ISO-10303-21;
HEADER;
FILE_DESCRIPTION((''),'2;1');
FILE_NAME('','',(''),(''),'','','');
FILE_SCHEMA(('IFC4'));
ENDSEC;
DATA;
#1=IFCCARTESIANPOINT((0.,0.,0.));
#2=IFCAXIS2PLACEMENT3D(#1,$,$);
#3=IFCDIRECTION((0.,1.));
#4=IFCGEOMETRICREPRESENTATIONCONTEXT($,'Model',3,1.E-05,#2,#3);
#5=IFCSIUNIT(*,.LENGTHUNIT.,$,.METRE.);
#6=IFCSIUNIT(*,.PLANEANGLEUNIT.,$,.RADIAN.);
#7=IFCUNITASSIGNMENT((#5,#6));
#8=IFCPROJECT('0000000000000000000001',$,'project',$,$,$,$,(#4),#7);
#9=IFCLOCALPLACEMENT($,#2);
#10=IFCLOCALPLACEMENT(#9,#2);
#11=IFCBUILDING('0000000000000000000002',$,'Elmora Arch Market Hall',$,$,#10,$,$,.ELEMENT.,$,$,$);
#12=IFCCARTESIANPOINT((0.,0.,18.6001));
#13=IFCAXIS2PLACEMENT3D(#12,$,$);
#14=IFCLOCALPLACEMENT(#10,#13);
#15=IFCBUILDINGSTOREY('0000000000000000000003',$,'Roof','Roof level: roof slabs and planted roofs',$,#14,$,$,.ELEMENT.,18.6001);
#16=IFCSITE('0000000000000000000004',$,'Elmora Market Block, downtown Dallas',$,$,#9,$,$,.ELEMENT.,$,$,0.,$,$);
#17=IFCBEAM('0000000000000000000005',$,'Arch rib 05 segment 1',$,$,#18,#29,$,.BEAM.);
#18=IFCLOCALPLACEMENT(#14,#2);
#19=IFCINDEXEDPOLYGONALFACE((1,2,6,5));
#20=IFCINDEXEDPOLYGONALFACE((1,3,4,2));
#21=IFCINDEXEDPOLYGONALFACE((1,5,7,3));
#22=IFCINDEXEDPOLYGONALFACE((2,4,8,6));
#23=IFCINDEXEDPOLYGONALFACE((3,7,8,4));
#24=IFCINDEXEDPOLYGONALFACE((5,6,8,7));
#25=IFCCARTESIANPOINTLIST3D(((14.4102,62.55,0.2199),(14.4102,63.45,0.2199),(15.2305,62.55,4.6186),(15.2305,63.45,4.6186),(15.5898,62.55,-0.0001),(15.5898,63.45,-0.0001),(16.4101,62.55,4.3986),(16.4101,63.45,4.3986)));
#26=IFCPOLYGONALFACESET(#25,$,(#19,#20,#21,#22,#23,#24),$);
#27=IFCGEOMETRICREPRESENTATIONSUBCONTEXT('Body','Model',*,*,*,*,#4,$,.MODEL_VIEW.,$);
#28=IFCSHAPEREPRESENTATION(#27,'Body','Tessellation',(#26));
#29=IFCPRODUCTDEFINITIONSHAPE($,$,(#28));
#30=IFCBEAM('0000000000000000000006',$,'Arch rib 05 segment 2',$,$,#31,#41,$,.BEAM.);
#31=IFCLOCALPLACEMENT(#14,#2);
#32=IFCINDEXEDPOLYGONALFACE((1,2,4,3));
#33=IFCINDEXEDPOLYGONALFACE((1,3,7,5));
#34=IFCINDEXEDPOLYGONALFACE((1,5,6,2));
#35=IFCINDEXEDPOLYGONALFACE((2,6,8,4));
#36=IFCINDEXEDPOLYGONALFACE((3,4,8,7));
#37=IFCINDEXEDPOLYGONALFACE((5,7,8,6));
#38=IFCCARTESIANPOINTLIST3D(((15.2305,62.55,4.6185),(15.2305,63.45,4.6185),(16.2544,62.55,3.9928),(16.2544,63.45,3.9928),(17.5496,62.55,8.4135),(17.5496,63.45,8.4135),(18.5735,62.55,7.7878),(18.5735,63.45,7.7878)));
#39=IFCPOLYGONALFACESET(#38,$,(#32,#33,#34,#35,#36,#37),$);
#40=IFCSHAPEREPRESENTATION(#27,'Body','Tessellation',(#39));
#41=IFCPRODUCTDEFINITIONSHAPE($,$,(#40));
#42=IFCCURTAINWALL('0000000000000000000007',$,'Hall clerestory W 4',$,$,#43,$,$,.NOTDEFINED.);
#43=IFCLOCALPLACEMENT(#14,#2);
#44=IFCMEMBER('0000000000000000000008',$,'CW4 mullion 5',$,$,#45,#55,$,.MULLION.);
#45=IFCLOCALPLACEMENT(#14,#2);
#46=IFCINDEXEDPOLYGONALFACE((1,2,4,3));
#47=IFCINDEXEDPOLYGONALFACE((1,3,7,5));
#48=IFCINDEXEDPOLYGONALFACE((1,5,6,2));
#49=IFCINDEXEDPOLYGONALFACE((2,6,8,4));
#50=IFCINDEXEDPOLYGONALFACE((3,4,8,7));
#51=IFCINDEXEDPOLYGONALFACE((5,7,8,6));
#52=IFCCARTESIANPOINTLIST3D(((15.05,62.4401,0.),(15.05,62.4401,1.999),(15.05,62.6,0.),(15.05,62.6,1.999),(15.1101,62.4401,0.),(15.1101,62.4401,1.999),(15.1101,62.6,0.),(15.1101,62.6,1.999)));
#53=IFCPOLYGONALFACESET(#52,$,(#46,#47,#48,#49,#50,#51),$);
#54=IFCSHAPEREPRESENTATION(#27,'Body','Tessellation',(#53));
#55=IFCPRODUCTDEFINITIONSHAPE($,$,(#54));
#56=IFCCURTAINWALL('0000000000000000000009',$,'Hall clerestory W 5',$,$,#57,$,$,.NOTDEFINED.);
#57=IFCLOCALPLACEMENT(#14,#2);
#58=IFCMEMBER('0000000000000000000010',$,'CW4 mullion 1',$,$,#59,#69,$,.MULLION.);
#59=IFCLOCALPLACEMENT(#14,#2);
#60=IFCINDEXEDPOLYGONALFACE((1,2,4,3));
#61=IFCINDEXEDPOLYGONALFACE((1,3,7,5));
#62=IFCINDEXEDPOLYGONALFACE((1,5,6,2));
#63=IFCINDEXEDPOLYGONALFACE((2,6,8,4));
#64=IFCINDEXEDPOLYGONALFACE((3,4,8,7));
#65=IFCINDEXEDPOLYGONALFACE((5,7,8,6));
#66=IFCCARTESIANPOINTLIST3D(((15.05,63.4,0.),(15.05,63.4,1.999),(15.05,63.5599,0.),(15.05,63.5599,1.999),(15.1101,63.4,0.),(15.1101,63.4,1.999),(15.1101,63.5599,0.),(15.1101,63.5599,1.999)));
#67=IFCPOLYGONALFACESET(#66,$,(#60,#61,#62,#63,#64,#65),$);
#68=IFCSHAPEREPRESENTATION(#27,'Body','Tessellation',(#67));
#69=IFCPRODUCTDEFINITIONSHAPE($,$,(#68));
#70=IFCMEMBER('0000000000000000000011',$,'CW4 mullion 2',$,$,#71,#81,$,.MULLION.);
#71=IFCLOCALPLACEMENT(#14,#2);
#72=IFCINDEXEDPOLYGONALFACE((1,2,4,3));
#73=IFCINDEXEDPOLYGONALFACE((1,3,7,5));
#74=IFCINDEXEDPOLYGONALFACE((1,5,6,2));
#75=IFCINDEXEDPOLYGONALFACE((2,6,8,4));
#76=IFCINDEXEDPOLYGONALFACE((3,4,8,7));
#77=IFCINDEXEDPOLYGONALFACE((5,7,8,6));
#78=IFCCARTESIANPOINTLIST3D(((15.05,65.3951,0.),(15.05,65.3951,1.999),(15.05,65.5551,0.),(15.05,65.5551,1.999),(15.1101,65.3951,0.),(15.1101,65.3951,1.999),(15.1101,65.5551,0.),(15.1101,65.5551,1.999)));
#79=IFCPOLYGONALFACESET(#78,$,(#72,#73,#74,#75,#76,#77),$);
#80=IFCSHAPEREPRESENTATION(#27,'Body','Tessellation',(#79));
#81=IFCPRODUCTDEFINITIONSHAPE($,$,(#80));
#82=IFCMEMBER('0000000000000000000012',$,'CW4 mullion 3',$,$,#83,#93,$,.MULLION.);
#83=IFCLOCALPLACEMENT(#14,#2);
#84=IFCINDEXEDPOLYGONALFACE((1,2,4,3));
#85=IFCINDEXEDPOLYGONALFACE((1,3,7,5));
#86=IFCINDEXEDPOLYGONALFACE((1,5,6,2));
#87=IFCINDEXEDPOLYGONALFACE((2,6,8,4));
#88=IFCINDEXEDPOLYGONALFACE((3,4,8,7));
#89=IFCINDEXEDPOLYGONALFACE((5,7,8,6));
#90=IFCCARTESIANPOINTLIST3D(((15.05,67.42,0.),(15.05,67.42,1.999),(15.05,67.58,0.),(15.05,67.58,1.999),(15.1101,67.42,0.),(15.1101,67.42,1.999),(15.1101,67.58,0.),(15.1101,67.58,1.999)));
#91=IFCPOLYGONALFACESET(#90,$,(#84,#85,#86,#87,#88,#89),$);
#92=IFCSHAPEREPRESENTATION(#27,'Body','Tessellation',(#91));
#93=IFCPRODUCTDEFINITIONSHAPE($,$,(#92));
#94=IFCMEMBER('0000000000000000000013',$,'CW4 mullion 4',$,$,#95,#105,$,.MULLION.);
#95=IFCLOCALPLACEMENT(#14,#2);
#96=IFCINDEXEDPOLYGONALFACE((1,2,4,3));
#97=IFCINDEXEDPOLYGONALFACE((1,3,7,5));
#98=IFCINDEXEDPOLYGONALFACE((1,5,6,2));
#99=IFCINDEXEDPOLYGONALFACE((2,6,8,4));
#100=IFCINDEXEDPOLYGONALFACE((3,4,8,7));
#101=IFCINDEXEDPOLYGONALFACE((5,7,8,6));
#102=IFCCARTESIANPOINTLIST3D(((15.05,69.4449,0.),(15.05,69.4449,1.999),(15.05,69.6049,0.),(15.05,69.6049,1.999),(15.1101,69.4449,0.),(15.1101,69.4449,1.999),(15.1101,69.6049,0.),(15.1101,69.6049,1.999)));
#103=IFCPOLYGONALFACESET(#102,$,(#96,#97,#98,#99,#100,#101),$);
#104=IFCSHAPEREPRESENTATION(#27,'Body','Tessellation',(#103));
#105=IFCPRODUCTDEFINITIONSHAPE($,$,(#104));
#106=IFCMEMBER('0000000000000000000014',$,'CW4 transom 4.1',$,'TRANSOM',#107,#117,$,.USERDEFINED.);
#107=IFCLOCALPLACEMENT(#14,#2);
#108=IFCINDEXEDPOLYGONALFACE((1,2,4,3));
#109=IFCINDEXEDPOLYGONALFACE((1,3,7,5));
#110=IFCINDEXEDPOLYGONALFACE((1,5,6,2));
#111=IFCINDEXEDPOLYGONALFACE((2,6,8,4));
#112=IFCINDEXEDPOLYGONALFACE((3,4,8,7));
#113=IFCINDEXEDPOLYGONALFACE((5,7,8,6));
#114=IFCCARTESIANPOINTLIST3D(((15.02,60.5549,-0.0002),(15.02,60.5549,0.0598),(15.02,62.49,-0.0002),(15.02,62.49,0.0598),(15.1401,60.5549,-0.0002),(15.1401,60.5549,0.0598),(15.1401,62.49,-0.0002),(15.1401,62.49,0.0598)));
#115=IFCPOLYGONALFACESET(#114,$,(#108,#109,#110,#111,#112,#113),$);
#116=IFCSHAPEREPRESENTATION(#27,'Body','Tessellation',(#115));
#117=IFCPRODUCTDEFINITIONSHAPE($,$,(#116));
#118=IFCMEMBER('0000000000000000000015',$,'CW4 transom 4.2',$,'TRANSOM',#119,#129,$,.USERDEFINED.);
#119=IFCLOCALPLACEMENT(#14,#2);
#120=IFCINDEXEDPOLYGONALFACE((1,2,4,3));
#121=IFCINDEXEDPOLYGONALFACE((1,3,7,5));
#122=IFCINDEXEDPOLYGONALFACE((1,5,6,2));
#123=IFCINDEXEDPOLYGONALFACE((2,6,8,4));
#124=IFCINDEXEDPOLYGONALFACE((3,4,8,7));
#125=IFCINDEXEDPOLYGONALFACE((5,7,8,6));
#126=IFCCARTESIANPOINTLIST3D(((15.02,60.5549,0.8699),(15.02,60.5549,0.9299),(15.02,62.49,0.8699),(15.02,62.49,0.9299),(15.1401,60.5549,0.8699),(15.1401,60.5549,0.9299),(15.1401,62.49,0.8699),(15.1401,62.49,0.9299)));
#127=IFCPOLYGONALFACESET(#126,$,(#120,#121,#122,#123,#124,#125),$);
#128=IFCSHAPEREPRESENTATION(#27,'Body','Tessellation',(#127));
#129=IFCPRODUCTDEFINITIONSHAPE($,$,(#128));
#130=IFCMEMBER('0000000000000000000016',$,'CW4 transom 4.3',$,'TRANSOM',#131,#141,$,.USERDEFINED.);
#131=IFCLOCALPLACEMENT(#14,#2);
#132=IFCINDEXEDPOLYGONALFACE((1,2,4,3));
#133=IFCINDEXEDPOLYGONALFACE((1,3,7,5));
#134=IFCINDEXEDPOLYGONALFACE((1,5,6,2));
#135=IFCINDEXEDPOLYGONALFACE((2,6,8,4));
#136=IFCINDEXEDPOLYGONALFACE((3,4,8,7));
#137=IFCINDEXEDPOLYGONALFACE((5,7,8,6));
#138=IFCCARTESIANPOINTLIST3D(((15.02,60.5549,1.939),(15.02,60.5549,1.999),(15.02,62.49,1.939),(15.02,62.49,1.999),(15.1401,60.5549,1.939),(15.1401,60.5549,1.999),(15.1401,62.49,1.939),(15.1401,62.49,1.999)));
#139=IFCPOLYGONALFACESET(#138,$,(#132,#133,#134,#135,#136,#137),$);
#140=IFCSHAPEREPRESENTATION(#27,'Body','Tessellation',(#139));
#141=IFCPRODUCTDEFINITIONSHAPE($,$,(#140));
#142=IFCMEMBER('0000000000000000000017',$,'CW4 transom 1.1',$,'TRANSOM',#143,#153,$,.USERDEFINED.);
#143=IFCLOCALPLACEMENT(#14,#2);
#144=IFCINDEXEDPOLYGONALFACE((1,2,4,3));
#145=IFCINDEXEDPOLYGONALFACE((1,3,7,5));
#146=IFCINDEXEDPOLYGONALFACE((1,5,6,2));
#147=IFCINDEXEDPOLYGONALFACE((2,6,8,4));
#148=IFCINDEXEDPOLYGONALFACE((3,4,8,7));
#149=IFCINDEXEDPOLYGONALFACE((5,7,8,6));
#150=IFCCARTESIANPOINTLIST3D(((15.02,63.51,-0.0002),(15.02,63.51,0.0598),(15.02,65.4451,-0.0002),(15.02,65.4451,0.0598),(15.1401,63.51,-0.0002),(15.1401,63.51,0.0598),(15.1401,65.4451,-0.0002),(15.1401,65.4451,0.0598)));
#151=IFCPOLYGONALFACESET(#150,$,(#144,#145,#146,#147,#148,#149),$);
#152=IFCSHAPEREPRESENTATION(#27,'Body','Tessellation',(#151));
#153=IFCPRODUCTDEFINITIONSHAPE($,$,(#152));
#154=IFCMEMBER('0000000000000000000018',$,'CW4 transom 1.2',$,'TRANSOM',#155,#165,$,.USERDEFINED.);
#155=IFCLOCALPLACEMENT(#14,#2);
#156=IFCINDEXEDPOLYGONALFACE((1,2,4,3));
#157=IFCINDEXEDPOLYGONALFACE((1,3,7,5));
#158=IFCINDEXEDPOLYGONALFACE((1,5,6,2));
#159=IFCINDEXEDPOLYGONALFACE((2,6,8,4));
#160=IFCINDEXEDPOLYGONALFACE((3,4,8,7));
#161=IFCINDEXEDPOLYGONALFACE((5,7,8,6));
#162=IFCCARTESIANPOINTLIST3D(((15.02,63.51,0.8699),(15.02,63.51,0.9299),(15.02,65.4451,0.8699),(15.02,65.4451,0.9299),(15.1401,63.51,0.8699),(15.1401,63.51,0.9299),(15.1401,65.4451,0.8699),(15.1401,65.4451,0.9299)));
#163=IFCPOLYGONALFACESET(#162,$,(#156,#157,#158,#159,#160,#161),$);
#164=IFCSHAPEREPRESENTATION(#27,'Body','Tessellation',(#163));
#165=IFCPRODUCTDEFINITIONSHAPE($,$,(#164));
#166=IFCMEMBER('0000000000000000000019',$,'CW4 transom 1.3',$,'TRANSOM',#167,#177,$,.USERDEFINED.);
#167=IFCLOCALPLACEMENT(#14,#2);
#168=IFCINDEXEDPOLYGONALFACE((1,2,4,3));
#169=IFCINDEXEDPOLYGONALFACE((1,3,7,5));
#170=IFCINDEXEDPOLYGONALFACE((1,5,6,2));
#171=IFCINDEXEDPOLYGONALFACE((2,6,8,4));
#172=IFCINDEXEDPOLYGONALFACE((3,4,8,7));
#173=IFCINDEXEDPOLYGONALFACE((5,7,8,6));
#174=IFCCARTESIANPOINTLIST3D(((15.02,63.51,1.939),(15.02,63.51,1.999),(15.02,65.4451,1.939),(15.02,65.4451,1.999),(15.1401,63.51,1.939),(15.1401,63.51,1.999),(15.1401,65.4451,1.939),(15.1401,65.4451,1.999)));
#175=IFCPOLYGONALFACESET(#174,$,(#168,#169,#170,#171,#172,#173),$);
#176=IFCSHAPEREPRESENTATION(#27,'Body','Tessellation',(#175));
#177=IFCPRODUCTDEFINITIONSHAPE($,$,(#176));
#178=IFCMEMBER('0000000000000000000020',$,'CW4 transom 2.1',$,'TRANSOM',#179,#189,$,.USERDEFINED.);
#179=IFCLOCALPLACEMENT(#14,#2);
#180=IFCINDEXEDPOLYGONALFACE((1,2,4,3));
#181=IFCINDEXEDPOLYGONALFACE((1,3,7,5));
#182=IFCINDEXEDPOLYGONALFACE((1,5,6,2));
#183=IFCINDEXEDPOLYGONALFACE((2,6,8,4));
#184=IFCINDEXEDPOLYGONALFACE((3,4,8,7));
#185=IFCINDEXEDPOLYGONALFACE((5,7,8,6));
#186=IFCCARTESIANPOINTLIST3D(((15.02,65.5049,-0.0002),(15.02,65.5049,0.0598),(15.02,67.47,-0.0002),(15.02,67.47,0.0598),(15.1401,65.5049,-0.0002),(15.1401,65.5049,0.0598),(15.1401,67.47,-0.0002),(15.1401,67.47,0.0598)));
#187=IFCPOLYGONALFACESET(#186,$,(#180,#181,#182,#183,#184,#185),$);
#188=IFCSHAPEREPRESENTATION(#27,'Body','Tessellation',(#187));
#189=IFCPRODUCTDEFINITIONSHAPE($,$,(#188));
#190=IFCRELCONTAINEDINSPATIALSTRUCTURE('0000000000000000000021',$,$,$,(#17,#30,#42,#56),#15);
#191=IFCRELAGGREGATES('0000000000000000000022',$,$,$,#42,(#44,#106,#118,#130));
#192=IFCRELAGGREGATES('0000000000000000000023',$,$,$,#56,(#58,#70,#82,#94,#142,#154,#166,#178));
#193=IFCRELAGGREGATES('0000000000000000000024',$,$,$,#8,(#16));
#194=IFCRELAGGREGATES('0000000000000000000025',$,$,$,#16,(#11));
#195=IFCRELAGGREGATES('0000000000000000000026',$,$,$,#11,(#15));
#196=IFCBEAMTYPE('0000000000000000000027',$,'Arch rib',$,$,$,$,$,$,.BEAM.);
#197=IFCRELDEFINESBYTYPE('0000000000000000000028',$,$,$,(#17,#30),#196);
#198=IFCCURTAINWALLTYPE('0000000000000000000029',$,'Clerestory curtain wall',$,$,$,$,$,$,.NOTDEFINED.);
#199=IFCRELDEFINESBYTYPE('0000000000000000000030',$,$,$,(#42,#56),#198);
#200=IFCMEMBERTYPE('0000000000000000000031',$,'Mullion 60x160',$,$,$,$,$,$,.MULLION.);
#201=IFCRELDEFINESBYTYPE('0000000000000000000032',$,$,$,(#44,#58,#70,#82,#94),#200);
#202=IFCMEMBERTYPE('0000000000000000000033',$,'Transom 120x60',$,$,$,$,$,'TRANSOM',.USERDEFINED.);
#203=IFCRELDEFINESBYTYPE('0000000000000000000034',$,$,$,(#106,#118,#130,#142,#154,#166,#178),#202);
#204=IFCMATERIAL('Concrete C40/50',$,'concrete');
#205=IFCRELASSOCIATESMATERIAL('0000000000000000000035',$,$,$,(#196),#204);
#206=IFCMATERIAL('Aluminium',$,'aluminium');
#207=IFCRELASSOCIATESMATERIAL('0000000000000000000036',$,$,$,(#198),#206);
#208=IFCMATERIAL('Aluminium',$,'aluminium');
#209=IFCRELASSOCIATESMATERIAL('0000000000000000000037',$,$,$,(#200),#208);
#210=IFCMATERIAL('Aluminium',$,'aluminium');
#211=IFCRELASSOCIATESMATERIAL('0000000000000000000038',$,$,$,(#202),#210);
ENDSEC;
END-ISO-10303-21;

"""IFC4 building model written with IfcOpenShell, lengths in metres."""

from ifc_helpers import new_model, si_unit, direction, frame, origin, origin_2d, place, context, subcontext, project, spatial, rectangle, extrude, material, material_profile, profile_set, type_object, element, aggregate, save


model = new_model("IFC4")

# Units and contexts
model_context = context("Model", 3, precision=1e-05, world=origin(), true_north=direction((0.0, 1.0)))
body_context = subcontext(model_context, "Body", "Model", "MODEL_VIEW")
ifc_project = project(units=[si_unit("LENGTHUNIT", "METRE"), si_unit("PLANEANGLEUNIT", "RADIAN")], contexts=[model_context])

# Site, building, storey
site_placement = place(None, origin())
site = spatial("IfcSite", under=ifc_project, at=site_placement, Name="Elmora Market Block, downtown Dallas", CompositionType="ELEMENT", RefElevation=0.0)
building_placement = place(site_placement, origin())
building = spatial("IfcBuilding", under=site, at=building_placement, Name="Elmora Arch Market Hall", CompositionType="ELEMENT")
storey_placement = place(building_placement, frame((0.0, 0.0, 18.6001)))
storey = spatial("IfcBuildingStorey", under=building, at=storey_placement, Name="Roof", Description="Roof level: roof slabs and planted roofs", CompositionType="ELEMENT", Elevation=18.6001)

# Beams
ifc_material_1 = material(Name="Concrete C40/50", Category="concrete")
ifc_material_profile_1 = material_profile(ifc_material_1, rectangle(XDim=0.8999, YDim=1.2, at=origin_2d()), Name="Arch rib")
ifc_profile_set_1 = profile_set([ifc_material_profile_1], Name="Concrete C40/50")
beam_type = type_object("IfcBeamType", Name="Arch rib", PredefinedType="BEAM", material=ifc_profile_set_1)
beam_1_placement = place(storey_placement, frame((15.0, 63.0, 0.1099), z_axis=(0.18333, 0.0, 0.983051), x_axis=(0.0, 1.0, 0.0)))
element("IfcBeam", 1, at=beam_1_placement, inside=storey, type_object=beam_type, Name="Arch rib 05 segment 1", PredefinedType="BEAM", context=body_context, shape_type="SweptSolid", body=[
    extrude(rectangle(XDim=0.8999, YDim=1.2, at=origin_2d()), origin(), (0.0, 0.0, 1.0), 4.4746),
])
beam_2_placement = place(storey_placement, frame((15.7424, 63.0, 4.3057), z_axis=(0.521446, 0.0, 0.853285), x_axis=(0.0, 1.0, 0.0)))
element("IfcBeam", 2, at=beam_2_placement, inside=storey, type_object=beam_type, Name="Arch rib 05 segment 2", PredefinedType="BEAM", context=body_context, shape_type="SweptSolid", body=[
    extrude(rectangle(XDim=0.8999, YDim=1.2, at=origin_2d()), origin(), (0.0, 0.0, 1.0), 4.4475),
])

# Curtain wall, member
ifc_material_2 = material(Name="Aluminium", Category="aluminium")
curtain_wall_type = type_object("IfcCurtainWallType", Name="Clerestory curtain wall", PredefinedType="NOTDEFINED", material=ifc_material_2)
curtain_wall_1_placement = place(storey_placement, origin())
curtain_wall_1 = element("IfcCurtainWall", 3, at=curtain_wall_1_placement, inside=storey, type_object=curtain_wall_type, Name="Hall clerestory W 4", PredefinedType="NOTDEFINED")
ifc_material_3 = material(Name="Aluminium", Category="aluminium")
ifc_material_profile_2 = material_profile(ifc_material_3, rectangle(XDim=0.0601, YDim=0.1599, at=origin_2d()), Name="AL 60x160")
ifc_profile_set_2 = profile_set([ifc_material_profile_2], Name="Aluminium")
member_type_1 = type_object("IfcMemberType", Name="Mullion 60x160", PredefinedType="MULLION", material=ifc_profile_set_2)
member_1_placement = place(storey_placement, frame((15.0801, 62.52, 0.0), z_axis=(0.0, 0.0, 1.0), x_axis=(-1.0, 0.0, 0.0)))
member_1 = element("IfcMember", 4, at=member_1_placement, type_object=member_type_1, Name="CW4 mullion 5", PredefinedType="MULLION", context=body_context, shape_type="SweptSolid", body=[
    extrude(rectangle(XDim=0.0601, YDim=0.1599, at=origin_2d()), origin(), (0.0, 0.0, 1.0), 1.999),
])

# Curtain wall, members
curtain_wall_2_placement = place(storey_placement, origin())
curtain_wall_2 = element("IfcCurtainWall", 5, at=curtain_wall_2_placement, inside=storey, type_object=curtain_wall_type, Name="Hall clerestory W 5", PredefinedType="NOTDEFINED")
member_2_placement = place(storey_placement, frame((15.0801, 63.48, 0.0), z_axis=(0.0, 0.0, 1.0), x_axis=(-1.0, 0.0, 0.0)))
member_2 = element("IfcMember", 6, at=member_2_placement, type_object=member_type_1, Name="CW4 mullion 1", PredefinedType="MULLION", context=body_context, shape_type="SweptSolid", body=[
    extrude(rectangle(XDim=0.0601, YDim=0.1599, at=origin_2d()), origin(), (0.0, 0.0, 1.0), 1.999),
])
member_3_placement = place(storey_placement, frame((15.0801, 65.4751, 0.0), z_axis=(0.0, 0.0, 1.0), x_axis=(-1.0, 0.0, 0.0)))
member_3 = element("IfcMember", 7, at=member_3_placement, type_object=member_type_1, Name="CW4 mullion 2", PredefinedType="MULLION", context=body_context, shape_type="SweptSolid", body=[
    extrude(rectangle(XDim=0.0601, YDim=0.1599, at=origin_2d()), origin(), (0.0, 0.0, 1.0), 1.999),
])
member_4_placement = place(storey_placement, frame((15.0801, 67.5, 0.0), z_axis=(0.0, 0.0, 1.0), x_axis=(-1.0, 0.0, 0.0)))
member_4 = element("IfcMember", 8, at=member_4_placement, type_object=member_type_1, Name="CW4 mullion 3", PredefinedType="MULLION", context=body_context, shape_type="SweptSolid", body=[
    extrude(rectangle(XDim=0.0601, YDim=0.1599, at=origin_2d()), origin(), (0.0, 0.0, 1.0), 1.999),
])
member_5_placement = place(storey_placement, frame((15.0801, 69.5249, 0.0), z_axis=(0.0, 0.0, 1.0), x_axis=(-1.0, 0.0, 0.0)))
member_5 = element("IfcMember", 9, at=member_5_placement, type_object=member_type_1, Name="CW4 mullion 4", PredefinedType="MULLION", context=body_context, shape_type="SweptSolid", body=[
    extrude(rectangle(XDim=0.0601, YDim=0.1599, at=origin_2d()), origin(), (0.0, 0.0, 1.0), 1.999),
])

# Members
ifc_material_4 = material(Name="Aluminium", Category="aluminium")
ifc_material_profile_3 = material_profile(ifc_material_4, rectangle(XDim=0.1201, YDim=0.0601, at=origin_2d()), Name="AL 120x60")
ifc_profile_set_3 = profile_set([ifc_material_profile_3], Name="Aluminium")
member_type_2 = type_object("IfcMemberType", Name="Transom 120x60", ElementType="TRANSOM", PredefinedType="USERDEFINED", material=ifc_profile_set_3)
member_6_placement = place(storey_placement, frame((15.0801, 60.5549, 0.0298), z_axis=(0.0, 1.0, 0.0), x_axis=(-1.0, 0.0, 0.0)))
member_6 = element("IfcMember", 10, at=member_6_placement, type_object=member_type_2, Name="CW4 transom 4.1", ObjectType="TRANSOM", PredefinedType="USERDEFINED", context=body_context, shape_type="SweptSolid", body=[
    extrude(rectangle(XDim=0.1201, YDim=0.0601, at=origin_2d()), origin(), (0.0, 0.0, 1.0), 1.9351),
])
member_7_placement = place(storey_placement, frame((15.0801, 60.5549, 0.8999), z_axis=(0.0, 1.0, 0.0), x_axis=(-1.0, 0.0, 0.0)))
member_7 = element("IfcMember", 11, at=member_7_placement, type_object=member_type_2, Name="CW4 transom 4.2", ObjectType="TRANSOM", PredefinedType="USERDEFINED", context=body_context, shape_type="SweptSolid", body=[
    extrude(rectangle(XDim=0.1201, YDim=0.0601, at=origin_2d()), origin(), (0.0, 0.0, 1.0), 1.9351),
])
member_8_placement = place(storey_placement, frame((15.0801, 60.5549, 1.969), z_axis=(0.0, 1.0, 0.0), x_axis=(-1.0, 0.0, 0.0)))
member_8 = element("IfcMember", 12, at=member_8_placement, type_object=member_type_2, Name="CW4 transom 4.3", ObjectType="TRANSOM", PredefinedType="USERDEFINED", context=body_context, shape_type="SweptSolid", body=[
    extrude(rectangle(XDim=0.1201, YDim=0.0601, at=origin_2d()), origin(), (0.0, 0.0, 1.0), 1.9351),
])
member_9_placement = place(storey_placement, frame((15.0801, 63.51, 0.0298), z_axis=(0.0, 1.0, 0.0), x_axis=(-1.0, 0.0, 0.0)))
member_9 = element("IfcMember", 13, at=member_9_placement, type_object=member_type_2, Name="CW4 transom 1.1", ObjectType="TRANSOM", PredefinedType="USERDEFINED", context=body_context, shape_type="SweptSolid", body=[
    extrude(rectangle(XDim=0.1201, YDim=0.0601, at=origin_2d()), origin(), (0.0, 0.0, 1.0), 1.9351),
])
member_10_placement = place(storey_placement, frame((15.0801, 63.51, 0.8999), z_axis=(0.0, 1.0, 0.0), x_axis=(-1.0, 0.0, 0.0)))
member_10 = element("IfcMember", 14, at=member_10_placement, type_object=member_type_2, Name="CW4 transom 1.2", ObjectType="TRANSOM", PredefinedType="USERDEFINED", context=body_context, shape_type="SweptSolid", body=[
    extrude(rectangle(XDim=0.1201, YDim=0.0601, at=origin_2d()), origin(), (0.0, 0.0, 1.0), 1.9351),
])
member_11_placement = place(storey_placement, frame((15.0801, 63.51, 1.969), z_axis=(0.0, 1.0, 0.0), x_axis=(-1.0, 0.0, 0.0)))
member_11 = element("IfcMember", 15, at=member_11_placement, type_object=member_type_2, Name="CW4 transom 1.3", ObjectType="TRANSOM", PredefinedType="USERDEFINED", context=body_context, shape_type="SweptSolid", body=[
    extrude(rectangle(XDim=0.1201, YDim=0.0601, at=origin_2d()), origin(), (0.0, 0.0, 1.0), 1.9351),
])
member_12_placement = place(storey_placement, frame((15.0801, 65.5049, 0.0298), z_axis=(0.0, 1.0, 0.0), x_axis=(-1.0, 0.0, 0.0)))
member_12 = element("IfcMember", 16, at=member_12_placement, type_object=member_type_2, Name="CW4 transom 2.1", ObjectType="TRANSOM", PredefinedType="USERDEFINED", context=body_context, shape_type="SweptSolid", body=[
    extrude(rectangle(XDim=0.1201, YDim=0.0601, at=origin_2d()), origin(), (0.0, 0.0, 1.0), 1.9651),
])

aggregate(curtain_wall_1, [member_1, member_6, member_7, member_8])
aggregate(curtain_wall_2, [member_2, member_3, member_4, member_5, member_9, member_10, member_11, member_12])

save(model, "model.ifc")
